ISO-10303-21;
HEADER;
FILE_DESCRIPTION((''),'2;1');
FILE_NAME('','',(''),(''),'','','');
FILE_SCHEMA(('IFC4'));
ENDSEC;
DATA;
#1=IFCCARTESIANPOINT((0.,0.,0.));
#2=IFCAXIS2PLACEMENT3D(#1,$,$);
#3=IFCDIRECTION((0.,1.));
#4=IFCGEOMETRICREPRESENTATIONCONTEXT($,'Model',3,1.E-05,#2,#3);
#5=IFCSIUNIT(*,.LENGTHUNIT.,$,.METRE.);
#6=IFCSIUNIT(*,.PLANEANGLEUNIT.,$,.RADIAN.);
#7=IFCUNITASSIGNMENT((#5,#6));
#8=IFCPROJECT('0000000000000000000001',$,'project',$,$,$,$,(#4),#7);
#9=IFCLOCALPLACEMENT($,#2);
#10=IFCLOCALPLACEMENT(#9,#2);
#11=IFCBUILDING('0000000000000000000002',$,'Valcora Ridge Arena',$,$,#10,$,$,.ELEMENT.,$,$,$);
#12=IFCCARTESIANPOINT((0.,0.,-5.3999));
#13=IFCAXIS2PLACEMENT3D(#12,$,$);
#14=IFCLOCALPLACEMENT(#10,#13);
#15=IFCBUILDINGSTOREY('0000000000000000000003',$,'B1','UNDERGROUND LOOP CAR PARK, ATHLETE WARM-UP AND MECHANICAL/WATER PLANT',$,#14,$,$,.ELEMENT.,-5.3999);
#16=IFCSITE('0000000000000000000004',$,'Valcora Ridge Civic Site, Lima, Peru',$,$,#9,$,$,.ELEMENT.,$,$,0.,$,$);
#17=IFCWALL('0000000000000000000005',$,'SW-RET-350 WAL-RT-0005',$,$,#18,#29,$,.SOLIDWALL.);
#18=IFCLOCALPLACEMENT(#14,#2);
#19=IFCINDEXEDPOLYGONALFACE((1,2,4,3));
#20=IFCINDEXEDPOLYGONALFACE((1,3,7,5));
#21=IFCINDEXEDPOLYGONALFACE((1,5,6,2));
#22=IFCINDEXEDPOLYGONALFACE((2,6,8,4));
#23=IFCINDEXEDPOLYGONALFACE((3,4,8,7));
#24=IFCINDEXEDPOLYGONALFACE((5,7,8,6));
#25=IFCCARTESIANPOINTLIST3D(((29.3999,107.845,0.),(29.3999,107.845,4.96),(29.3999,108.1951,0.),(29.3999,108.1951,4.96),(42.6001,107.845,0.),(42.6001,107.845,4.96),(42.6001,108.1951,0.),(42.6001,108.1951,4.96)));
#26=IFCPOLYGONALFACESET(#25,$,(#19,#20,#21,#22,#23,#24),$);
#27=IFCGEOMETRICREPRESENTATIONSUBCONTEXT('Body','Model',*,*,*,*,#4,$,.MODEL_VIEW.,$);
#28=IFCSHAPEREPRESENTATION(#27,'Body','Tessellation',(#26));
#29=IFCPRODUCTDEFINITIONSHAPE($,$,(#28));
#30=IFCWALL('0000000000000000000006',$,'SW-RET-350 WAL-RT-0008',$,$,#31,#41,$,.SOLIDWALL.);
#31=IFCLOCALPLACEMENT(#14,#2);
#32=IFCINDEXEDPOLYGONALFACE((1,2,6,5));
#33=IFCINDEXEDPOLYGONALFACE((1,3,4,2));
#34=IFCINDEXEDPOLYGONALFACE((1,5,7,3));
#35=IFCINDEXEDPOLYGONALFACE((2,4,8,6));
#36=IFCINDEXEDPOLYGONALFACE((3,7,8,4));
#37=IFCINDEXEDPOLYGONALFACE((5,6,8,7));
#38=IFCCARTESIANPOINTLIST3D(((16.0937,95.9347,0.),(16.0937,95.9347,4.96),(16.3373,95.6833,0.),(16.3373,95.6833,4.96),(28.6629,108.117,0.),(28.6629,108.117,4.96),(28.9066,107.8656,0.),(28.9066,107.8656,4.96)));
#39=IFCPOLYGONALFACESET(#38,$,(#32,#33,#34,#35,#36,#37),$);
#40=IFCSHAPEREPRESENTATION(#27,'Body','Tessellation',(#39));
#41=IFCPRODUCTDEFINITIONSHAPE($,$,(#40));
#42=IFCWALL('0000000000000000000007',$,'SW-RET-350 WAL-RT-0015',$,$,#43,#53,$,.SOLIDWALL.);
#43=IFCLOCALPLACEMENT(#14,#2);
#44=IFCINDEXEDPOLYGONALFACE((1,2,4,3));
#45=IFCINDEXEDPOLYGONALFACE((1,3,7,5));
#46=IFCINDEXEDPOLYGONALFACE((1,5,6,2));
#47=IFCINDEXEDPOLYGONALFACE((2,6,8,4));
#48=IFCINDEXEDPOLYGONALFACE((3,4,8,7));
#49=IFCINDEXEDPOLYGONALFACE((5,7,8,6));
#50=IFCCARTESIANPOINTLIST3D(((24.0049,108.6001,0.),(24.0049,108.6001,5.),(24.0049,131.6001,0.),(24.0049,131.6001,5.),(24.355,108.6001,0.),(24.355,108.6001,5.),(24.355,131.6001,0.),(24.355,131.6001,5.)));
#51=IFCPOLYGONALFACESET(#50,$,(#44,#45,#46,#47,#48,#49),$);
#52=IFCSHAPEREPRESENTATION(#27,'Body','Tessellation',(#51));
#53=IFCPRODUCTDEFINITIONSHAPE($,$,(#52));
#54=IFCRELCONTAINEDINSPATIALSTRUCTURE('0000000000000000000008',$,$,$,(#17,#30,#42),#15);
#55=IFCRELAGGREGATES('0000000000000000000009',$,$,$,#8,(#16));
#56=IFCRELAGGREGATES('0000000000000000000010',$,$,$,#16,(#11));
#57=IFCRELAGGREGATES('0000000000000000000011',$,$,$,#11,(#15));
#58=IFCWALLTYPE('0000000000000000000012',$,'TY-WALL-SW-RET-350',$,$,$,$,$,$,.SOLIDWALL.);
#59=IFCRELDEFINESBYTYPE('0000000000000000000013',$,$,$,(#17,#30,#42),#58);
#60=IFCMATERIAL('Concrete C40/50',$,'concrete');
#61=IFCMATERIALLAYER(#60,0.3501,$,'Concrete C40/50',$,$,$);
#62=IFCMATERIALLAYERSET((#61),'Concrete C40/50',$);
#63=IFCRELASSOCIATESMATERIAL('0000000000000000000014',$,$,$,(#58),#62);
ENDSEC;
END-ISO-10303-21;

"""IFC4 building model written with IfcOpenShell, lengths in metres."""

from ifc_helpers import new_model, si_unit, direction, frame, frame_2d, origin, place, context, subcontext, project, spatial, rectangle, extrude, material, layer, layer_set, type_object, element, save


model = new_model("IFC4")

# Units and contexts
model_context = context("Model", 3, precision=1e-05, world=origin(), true_north=direction((0.0, 1.0)))
body_context = subcontext(model_context, "Body", "Model", "MODEL_VIEW")
ifc_project = project(units=[si_unit("LENGTHUNIT", "METRE"), si_unit("PLANEANGLEUNIT", "RADIAN")], contexts=[model_context])

# Site, building, storey
site_placement = place(None, origin())
site = spatial("IfcSite", under=ifc_project, at=site_placement, Name="Valcora Ridge Civic Site, Lima, Peru", CompositionType="ELEMENT", RefElevation=0.0)
building_placement = place(site_placement, origin())
building = spatial("IfcBuilding", under=site, at=building_placement, Name="Valcora Ridge Arena", CompositionType="ELEMENT")
storey_placement = place(building_placement, frame((0.0, 0.0, -5.3999)))
storey = spatial("IfcBuildingStorey", under=building, at=storey_placement, Name="B1", Description="UNDERGROUND LOOP CAR PARK, ATHLETE WARM-UP AND MECHANICAL/WATER PLANT", CompositionType="ELEMENT", Elevation=-5.3999)

# Shared definitions
ifc_material_1 = material(Name="Concrete C40/50", Category="concrete")

# Walls
ifc_layer_1 = layer(ifc_material_1, 0.3501, Name="Concrete C40/50")
ifc_layer_set_1 = layer_set([ifc_layer_1], Name="Concrete C40/50")
wall_type_1 = type_object("IfcWallType", Name="TY-WALL-SW-RET-350", PredefinedType="SOLIDWALL", material=ifc_layer_set_1)
wall_1_placement = place(storey_placement, frame((29.3999, 108.02, 0.0), z_axis=(0.0, 0.0, 1.0), x_axis=(1.0, 0.0, 0.0)))
element("IfcWall", 1, at=wall_1_placement, inside=storey, type_object=wall_type_1, Name="SW-RET-350 WAL-RT-0005", PredefinedType="SOLIDWALL", context=body_context, shape_type="SweptSolid", body=[
    extrude(rectangle(XDim=13.2002, YDim=0.3501, at=frame_2d((6.6001, 0.0))), origin(), (0.0, 0.0, 1.0), 4.96),
])
wall_2_placement = place(storey_placement, frame((28.7847, 107.9912, 0.0), z_axis=(0.0, 0.0, 1.0), x_axis=(-0.718074, -0.695967, 0.0)))
element("IfcWall", 2, at=wall_2_placement, inside=storey, type_object=wall_type_1, Name="SW-RET-350 WAL-RT-0008", PredefinedType="SOLIDWALL", context=body_context, shape_type="SweptSolid", body=[
    extrude(rectangle(XDim=17.5042, YDim=0.3501, at=frame_2d((8.752, 0.0))), origin(), (0.0, 0.0, 1.0), 4.96),
])
wall_3_placement = place(storey_placement, frame((24.1799, 108.6001, 0.0), z_axis=(0.0, 0.0, 1.0), x_axis=(0.0, 1.0, 0.0)))
element("IfcWall", 3, at=wall_3_placement, inside=storey, type_object=wall_type_1, Name="SW-RET-350 WAL-RT-0015", PredefinedType="SOLIDWALL", context=body_context, shape_type="SweptSolid", body=[
    extrude(rectangle(XDim=23.0, YDim=0.3501, at=frame_2d((11.5, 0.0))), origin(), (0.0, 0.0, 1.0), 5.0),
])

save(model, "model.ifc")
